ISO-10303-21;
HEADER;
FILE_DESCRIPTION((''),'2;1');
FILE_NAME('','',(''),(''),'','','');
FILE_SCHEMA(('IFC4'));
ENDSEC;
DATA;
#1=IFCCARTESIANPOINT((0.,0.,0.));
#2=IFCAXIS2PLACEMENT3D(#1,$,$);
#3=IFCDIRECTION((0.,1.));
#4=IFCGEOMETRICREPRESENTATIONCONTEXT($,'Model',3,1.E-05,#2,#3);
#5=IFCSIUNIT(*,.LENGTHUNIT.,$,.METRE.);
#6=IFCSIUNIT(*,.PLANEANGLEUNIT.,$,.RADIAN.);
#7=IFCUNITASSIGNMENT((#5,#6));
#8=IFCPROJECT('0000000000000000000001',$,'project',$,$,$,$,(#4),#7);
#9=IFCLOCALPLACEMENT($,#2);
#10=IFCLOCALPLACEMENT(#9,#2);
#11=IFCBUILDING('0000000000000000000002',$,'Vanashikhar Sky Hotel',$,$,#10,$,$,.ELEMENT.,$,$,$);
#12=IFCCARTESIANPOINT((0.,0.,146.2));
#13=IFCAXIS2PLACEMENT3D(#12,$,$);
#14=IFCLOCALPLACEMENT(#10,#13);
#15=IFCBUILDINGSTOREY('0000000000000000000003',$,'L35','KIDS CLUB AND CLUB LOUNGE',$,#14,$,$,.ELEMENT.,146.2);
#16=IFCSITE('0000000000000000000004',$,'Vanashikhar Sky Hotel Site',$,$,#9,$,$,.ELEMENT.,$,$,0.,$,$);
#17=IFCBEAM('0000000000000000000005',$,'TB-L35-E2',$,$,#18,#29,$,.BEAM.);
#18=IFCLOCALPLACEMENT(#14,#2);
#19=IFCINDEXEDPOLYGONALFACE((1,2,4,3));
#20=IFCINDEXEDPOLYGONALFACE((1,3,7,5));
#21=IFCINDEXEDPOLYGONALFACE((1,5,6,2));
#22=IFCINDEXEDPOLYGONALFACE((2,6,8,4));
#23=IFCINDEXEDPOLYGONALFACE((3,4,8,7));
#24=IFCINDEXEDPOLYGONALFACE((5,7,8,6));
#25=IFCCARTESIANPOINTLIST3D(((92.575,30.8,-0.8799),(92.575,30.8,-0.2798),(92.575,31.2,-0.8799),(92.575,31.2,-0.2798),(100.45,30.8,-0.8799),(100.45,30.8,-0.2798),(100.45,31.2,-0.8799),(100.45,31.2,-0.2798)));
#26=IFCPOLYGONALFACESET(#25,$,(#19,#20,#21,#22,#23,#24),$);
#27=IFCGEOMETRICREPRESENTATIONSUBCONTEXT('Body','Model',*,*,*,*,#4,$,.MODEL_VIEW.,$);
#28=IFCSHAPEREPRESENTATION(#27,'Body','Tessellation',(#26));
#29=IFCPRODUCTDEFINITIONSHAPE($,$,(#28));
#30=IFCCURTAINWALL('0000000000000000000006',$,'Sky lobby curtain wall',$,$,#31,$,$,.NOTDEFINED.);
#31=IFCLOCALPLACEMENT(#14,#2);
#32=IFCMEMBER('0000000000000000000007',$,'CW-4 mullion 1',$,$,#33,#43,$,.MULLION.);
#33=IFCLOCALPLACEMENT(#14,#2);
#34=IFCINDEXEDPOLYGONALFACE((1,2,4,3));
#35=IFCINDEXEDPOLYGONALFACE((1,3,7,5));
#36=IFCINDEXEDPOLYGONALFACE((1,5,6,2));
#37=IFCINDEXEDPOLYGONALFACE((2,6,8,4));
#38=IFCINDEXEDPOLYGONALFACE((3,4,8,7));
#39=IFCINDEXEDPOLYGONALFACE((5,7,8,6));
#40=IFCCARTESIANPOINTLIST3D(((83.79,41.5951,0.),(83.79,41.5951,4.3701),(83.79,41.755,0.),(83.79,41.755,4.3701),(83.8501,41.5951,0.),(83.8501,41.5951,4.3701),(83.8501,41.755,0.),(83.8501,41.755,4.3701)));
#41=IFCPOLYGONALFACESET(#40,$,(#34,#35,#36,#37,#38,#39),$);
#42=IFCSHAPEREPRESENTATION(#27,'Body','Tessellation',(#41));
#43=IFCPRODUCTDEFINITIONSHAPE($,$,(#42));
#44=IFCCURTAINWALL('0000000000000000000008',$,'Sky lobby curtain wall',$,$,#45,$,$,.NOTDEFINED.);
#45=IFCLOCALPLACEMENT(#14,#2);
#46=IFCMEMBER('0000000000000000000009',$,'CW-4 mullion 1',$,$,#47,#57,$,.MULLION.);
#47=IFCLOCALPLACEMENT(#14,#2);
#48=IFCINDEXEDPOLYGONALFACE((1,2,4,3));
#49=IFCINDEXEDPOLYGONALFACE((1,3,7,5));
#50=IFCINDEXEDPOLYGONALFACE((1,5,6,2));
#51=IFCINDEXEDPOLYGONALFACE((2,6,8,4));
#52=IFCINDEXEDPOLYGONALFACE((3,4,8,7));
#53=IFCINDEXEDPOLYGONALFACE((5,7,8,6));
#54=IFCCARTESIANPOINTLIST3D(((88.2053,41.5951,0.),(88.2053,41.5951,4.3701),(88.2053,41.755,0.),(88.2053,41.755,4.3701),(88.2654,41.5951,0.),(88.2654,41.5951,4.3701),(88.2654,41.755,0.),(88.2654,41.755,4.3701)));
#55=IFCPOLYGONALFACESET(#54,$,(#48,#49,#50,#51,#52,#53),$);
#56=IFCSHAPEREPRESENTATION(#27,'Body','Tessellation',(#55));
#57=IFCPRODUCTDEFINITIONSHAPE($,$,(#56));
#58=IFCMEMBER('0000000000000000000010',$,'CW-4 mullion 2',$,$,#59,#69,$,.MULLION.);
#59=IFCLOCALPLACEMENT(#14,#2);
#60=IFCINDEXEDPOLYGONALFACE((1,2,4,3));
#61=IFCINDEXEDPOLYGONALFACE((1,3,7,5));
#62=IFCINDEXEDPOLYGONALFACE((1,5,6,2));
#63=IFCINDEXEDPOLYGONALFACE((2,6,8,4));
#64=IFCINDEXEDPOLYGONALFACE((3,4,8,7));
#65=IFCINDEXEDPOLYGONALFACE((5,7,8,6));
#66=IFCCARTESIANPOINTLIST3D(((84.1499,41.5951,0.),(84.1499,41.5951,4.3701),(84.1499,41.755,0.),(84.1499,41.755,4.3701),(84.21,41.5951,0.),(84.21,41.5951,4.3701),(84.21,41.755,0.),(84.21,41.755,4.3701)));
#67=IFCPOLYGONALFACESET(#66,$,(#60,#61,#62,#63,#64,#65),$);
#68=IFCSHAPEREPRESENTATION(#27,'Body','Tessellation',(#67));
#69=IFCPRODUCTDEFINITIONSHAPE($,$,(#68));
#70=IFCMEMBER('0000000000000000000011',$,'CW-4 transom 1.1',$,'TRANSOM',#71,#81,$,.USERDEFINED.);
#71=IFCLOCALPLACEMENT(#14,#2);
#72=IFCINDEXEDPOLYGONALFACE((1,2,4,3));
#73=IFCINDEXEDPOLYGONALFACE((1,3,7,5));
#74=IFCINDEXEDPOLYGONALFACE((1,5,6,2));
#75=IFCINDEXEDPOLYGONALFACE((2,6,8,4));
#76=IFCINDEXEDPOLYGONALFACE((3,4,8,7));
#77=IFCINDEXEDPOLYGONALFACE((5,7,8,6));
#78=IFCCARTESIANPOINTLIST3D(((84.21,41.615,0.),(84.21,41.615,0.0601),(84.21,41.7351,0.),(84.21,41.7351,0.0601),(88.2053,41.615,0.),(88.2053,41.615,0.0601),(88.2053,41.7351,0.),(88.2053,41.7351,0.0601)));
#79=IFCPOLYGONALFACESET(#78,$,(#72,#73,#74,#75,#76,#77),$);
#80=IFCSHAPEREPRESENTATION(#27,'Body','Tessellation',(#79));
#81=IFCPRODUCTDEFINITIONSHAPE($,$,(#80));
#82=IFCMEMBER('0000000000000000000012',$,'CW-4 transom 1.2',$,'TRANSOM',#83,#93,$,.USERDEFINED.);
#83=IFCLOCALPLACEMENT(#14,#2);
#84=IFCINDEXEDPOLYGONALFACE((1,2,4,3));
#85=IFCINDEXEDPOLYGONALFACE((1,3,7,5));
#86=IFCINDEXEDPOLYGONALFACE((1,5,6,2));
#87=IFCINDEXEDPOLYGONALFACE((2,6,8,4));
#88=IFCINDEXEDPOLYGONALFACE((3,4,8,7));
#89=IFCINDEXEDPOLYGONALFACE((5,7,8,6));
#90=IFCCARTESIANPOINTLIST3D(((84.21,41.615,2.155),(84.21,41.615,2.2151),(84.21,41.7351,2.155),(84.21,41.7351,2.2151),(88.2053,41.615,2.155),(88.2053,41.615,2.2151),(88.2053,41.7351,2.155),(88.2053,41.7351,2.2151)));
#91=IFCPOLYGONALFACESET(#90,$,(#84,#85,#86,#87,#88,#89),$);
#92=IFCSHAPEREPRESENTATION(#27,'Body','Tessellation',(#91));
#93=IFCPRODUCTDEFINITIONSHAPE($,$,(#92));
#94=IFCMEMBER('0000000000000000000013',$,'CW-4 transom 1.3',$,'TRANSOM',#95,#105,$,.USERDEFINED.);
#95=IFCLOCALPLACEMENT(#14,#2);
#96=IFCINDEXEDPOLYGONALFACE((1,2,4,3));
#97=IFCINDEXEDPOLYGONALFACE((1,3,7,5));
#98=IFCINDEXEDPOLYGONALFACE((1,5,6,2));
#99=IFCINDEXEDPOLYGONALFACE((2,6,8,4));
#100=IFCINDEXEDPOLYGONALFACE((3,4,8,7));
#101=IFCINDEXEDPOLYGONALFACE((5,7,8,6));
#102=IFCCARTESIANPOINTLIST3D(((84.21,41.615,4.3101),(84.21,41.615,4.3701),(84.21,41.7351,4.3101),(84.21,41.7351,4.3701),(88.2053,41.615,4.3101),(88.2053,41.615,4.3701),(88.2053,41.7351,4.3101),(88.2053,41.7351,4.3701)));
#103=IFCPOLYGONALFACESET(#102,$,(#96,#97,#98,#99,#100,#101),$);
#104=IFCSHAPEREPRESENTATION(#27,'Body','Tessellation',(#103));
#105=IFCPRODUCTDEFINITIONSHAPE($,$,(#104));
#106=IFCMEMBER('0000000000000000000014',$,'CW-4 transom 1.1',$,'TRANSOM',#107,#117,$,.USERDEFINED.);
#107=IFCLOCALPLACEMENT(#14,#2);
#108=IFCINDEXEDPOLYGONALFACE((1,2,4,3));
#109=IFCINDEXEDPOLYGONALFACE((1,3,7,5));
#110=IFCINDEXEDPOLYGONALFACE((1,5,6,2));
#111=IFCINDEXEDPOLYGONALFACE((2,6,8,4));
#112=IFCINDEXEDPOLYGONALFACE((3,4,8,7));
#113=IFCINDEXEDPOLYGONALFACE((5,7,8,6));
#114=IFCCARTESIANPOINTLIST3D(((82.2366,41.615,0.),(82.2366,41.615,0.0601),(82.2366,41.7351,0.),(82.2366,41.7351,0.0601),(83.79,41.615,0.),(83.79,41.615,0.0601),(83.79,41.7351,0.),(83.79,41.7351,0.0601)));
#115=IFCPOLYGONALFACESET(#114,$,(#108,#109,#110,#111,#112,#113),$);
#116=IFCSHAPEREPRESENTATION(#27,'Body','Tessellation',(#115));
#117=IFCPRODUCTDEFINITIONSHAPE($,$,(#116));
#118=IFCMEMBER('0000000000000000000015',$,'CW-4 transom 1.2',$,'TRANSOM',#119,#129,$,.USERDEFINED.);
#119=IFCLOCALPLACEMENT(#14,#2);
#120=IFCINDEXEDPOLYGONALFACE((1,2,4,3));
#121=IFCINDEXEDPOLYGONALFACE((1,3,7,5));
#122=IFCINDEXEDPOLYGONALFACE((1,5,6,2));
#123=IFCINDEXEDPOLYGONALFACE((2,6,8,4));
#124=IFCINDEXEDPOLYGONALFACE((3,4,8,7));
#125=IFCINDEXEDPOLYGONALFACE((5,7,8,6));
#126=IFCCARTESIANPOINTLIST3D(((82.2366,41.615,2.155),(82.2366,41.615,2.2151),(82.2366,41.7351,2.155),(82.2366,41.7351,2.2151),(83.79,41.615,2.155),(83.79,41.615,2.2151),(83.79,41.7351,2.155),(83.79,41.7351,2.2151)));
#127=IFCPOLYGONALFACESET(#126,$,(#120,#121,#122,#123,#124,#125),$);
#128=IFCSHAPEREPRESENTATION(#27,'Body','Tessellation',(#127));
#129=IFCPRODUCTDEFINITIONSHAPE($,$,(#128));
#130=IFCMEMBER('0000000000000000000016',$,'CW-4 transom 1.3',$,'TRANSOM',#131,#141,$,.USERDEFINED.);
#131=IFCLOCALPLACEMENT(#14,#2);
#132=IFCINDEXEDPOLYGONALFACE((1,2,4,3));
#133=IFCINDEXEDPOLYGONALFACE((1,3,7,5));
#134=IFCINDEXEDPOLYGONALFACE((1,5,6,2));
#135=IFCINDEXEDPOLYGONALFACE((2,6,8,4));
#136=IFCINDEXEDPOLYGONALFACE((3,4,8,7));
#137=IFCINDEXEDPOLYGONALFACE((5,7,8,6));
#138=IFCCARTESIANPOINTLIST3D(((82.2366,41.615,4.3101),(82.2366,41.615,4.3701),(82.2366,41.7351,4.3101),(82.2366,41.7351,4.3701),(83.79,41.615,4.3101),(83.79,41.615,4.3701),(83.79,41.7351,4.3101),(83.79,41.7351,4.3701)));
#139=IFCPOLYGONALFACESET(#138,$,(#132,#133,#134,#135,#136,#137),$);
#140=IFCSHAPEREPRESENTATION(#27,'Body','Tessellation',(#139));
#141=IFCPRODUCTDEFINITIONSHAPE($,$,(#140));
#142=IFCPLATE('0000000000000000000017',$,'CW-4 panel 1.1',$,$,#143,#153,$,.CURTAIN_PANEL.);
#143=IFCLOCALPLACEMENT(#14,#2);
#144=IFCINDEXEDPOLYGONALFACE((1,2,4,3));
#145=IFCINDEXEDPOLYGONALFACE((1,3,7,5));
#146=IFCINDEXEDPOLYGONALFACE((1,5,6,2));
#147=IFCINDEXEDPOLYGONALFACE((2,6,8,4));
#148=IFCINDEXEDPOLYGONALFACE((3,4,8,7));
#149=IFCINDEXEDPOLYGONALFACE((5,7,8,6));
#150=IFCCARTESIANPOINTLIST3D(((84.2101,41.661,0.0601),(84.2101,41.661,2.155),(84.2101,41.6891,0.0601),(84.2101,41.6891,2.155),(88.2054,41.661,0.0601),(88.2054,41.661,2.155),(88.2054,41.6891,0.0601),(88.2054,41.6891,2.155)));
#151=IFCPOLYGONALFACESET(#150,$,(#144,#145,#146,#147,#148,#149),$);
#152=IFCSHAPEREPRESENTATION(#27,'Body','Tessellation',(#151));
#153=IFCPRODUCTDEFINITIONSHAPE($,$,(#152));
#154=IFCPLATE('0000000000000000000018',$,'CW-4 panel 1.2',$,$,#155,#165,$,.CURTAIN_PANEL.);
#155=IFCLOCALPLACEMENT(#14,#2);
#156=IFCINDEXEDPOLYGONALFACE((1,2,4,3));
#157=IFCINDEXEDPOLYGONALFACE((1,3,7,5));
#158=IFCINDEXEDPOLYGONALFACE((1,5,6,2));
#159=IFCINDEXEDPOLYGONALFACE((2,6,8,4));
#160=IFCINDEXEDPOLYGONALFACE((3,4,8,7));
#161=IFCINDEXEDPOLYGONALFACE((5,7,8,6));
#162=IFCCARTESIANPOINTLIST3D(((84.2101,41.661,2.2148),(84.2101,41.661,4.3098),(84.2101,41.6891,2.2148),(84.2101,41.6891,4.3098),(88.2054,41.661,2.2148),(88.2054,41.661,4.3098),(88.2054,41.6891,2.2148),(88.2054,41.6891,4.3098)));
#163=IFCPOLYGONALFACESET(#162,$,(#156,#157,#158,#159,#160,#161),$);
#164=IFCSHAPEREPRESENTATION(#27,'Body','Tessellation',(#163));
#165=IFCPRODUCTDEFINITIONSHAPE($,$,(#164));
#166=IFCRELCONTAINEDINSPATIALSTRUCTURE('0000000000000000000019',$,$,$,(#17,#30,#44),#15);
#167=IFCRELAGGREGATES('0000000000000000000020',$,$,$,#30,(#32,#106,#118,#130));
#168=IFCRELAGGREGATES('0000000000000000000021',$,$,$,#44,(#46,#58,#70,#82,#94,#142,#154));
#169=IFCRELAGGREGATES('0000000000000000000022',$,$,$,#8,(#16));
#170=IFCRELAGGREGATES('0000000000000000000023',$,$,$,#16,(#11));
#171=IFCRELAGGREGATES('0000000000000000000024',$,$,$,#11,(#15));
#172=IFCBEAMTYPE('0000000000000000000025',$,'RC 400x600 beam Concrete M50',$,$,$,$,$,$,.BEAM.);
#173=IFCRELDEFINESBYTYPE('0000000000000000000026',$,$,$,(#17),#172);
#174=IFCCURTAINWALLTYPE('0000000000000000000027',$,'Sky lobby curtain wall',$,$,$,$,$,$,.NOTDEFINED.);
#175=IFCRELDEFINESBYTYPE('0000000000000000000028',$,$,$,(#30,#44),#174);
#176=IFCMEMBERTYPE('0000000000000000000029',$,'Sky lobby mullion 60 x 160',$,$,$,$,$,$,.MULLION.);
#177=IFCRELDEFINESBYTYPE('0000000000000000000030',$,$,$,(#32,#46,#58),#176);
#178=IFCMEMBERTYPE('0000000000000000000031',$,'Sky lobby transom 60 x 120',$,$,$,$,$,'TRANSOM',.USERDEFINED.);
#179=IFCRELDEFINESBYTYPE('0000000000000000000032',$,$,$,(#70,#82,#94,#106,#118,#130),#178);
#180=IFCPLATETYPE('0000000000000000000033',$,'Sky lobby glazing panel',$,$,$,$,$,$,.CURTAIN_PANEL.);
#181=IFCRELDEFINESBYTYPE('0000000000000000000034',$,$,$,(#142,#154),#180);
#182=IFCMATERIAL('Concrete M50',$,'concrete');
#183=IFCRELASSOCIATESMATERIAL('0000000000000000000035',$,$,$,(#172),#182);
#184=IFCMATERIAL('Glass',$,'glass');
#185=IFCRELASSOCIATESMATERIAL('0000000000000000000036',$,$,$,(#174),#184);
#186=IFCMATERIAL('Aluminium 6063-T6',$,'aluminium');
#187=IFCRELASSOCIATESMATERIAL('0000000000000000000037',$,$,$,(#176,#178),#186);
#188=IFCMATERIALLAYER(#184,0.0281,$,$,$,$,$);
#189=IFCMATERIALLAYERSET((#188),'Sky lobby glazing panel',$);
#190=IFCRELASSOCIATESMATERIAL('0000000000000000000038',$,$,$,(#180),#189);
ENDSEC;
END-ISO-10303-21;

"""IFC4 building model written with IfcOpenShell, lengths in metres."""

from ifc_helpers import new_model, si_unit, direction, frame, origin, origin_2d, place, context, subcontext, project, spatial, rectangle, extrude, source, transform, mapped, material, layer, layer_set, material_profile, profile_set, type_object, element, aggregate, save


model = new_model("IFC4")

# Units and contexts
model_context = context("Model", 3, precision=1e-05, world=origin(), true_north=direction((0.0, 1.0)))
body_context = subcontext(model_context, "Body", "Model", "MODEL_VIEW")
ifc_project = project(units=[si_unit("LENGTHUNIT", "METRE"), si_unit("PLANEANGLEUNIT", "RADIAN")], contexts=[model_context])

# Site, building, storey
site_placement = place(None, origin())
site = spatial("IfcSite", under=ifc_project, at=site_placement, Name="Vanashikhar Sky Hotel Site", CompositionType="ELEMENT", RefElevation=0.0)
building_placement = place(site_placement, origin())
building = spatial("IfcBuilding", under=site, at=building_placement, Name="Vanashikhar Sky Hotel", CompositionType="ELEMENT")
storey_placement = place(building_placement, frame((0.0, 0.0, 146.2)))
storey = spatial("IfcBuildingStorey", under=building, at=storey_placement, Name="L35", Description="KIDS CLUB AND CLUB LOUNGE", CompositionType="ELEMENT", Elevation=146.2)

# Beam
ifc_material_1 = material(Name="Concrete M50", Category="concrete")
ifc_material_profile_1 = material_profile(ifc_material_1, rectangle(XDim=0.3999, YDim=0.6001, at=origin_2d()))
ifc_profile_set_1 = profile_set([ifc_material_profile_1], Name="RC 400x600 beam Concrete M50")
beam_type = type_object("IfcBeamType", Name="RC 400x600 beam Concrete M50", PredefinedType="BEAM", material=ifc_profile_set_1)
shared_shape_1 = source(origin(), body_context, "Body", "SweptSolid", [
    extrude(rectangle(XDim=0.3999, YDim=0.6001, at=origin_2d()), origin(), (0.0, 0.0, 1.0), 7.875),
])
beam_placement = place(storey_placement, frame((92.575, 31.0, -0.5798), z_axis=(1.0, 0.0, 0.0), x_axis=(0.0, 1.0, 0.0)))
element("IfcBeam", 1, at=beam_placement, inside=storey, type_object=beam_type, Name="TB-L35-E2", PredefinedType="BEAM", context=body_context, shape_type="MappedRepresentation", body=[
    mapped(shared_shape_1, transform((0.0, 0.0, 0.0), scale=1.0)),
])

# Curtain wall, member
ifc_material_2 = material(Name="Glass", Category="glass")
curtain_wall_type = type_object("IfcCurtainWallType", Name="Sky lobby curtain wall", PredefinedType="NOTDEFINED", material=ifc_material_2)
curtain_wall_1_placement = place(storey_placement, origin())
curtain_wall_1 = element("IfcCurtainWall", 2, at=curtain_wall_1_placement, inside=storey, type_object=curtain_wall_type, Name="Sky lobby curtain wall", PredefinedType="NOTDEFINED")
ifc_material_3 = material(Name="Aluminium 6063-T6", Category="aluminium")
ifc_material_profile_2 = material_profile(ifc_material_3, rectangle(XDim=0.1599, YDim=0.0601, at=origin_2d()))
ifc_profile_set_2 = profile_set([ifc_material_profile_2], Name="Aluminium 6063-T6")
member_type_1 = type_object("IfcMemberType", Name="Sky lobby mullion 60 x 160", PredefinedType="MULLION", material=ifc_profile_set_2)
shared_shape_2 = source(origin(), body_context, "Body", "SweptSolid", [
    extrude(rectangle(XDim=0.1599, YDim=0.0601, at=origin_2d()), origin(), (0.0, 0.0, 1.0), 4.3701),
])
member_1_placement = place(storey_placement, frame((83.8201, 41.675, 0.0), z_axis=(0.0, 0.0, 1.0), x_axis=(0.0, -1.0, 0.0)))
member_1 = element("IfcMember", 3, at=member_1_placement, type_object=member_type_1, Name="CW-4 mullion 1", PredefinedType="MULLION", context=body_context, shape_type="MappedRepresentation", body=[
    mapped(shared_shape_2, transform((0.0, 0.0, 0.0), scale=1.0)),
])

# Curtain wall, members
curtain_wall_2_placement = place(storey_placement, origin())
curtain_wall_2 = element("IfcCurtainWall", 4, at=curtain_wall_2_placement, inside=storey, type_object=curtain_wall_type, Name="Sky lobby curtain wall", PredefinedType="NOTDEFINED")
member_2_placement = place(storey_placement, frame((88.2354, 41.675, 0.0), z_axis=(0.0, 0.0, 1.0), x_axis=(0.0, -1.0, 0.0)))
member_2 = element("IfcMember", 5, at=member_2_placement, type_object=member_type_1, Name="CW-4 mullion 1", PredefinedType="MULLION", context=body_context, shape_type="MappedRepresentation", body=[
    mapped(shared_shape_2, transform((0.0, 0.0, 0.0), scale=1.0)),
])
member_3_placement = place(storey_placement, frame((84.1799, 41.675, 0.0), z_axis=(0.0, 0.0, 1.0), x_axis=(0.0, -1.0, 0.0)))
member_3 = element("IfcMember", 6, at=member_3_placement, type_object=member_type_1, Name="CW-4 mullion 2", PredefinedType="MULLION", context=body_context, shape_type="MappedRepresentation", body=[
    mapped(shared_shape_2, transform((0.0, 0.0, 0.0), scale=1.0)),
])
ifc_material_profile_3 = material_profile(ifc_material_3, rectangle(XDim=0.1201, YDim=0.0601, at=origin_2d()))
ifc_profile_set_3 = profile_set([ifc_material_profile_3], Name="Aluminium 6063-T6")
member_type_2 = type_object("IfcMemberType", Name="Sky lobby transom 60 x 120", ElementType="TRANSOM", PredefinedType="USERDEFINED", material=ifc_profile_set_3)
shared_shape_3 = source(origin(), body_context, "Body", "SweptSolid", [
    extrude(rectangle(XDim=0.1201, YDim=0.0601, at=origin_2d()), origin(), (0.0, 0.0, 1.0), 3.9954),
])
member_4_placement = place(storey_placement, frame((88.2053, 41.675, 0.03), z_axis=(-1.0, 0.0, 0.0), x_axis=(0.0, -1.0, 0.0)))
member_4 = element("IfcMember", 7, at=member_4_placement, type_object=member_type_2, Name="CW-4 transom 1.1", ObjectType="TRANSOM", PredefinedType="USERDEFINED", context=body_context, shape_type="MappedRepresentation", body=[
    mapped(shared_shape_3, transform((0.0, 0.0, 0.0), scale=1.0)),
])
member_5_placement = place(storey_placement, frame((88.2053, 41.675, 2.1851), z_axis=(-1.0, 0.0, 0.0), x_axis=(0.0, -1.0, 0.0)))
member_5 = element("IfcMember", 8, at=member_5_placement, type_object=member_type_2, Name="CW-4 transom 1.2", ObjectType="TRANSOM", PredefinedType="USERDEFINED", context=body_context, shape_type="MappedRepresentation", body=[
    mapped(shared_shape_3, transform((0.0, 0.0, 0.0), scale=1.0)),
])
member_6_placement = place(storey_placement, frame((88.2053, 41.675, 4.3401), z_axis=(-1.0, 0.0, 0.0), x_axis=(0.0, -1.0, 0.0)))
member_6 = element("IfcMember", 9, at=member_6_placement, type_object=member_type_2, Name="CW-4 transom 1.3", ObjectType="TRANSOM", PredefinedType="USERDEFINED", context=body_context, shape_type="MappedRepresentation", body=[
    mapped(shared_shape_3, transform((0.0, 0.0, 0.0), scale=1.0)),
])

# Members
shared_shape_4 = source(origin(), body_context, "Body", "SweptSolid", [
    extrude(rectangle(XDim=0.1201, YDim=0.0601, at=origin_2d()), origin(), (0.0, 0.0, 1.0), 1.5535),
])
member_7_placement = place(storey_placement, frame((83.79, 41.675, 0.03), z_axis=(-1.0, 0.0, 0.0), x_axis=(0.0, -1.0, 0.0)))
member_7 = element("IfcMember", 10, at=member_7_placement, type_object=member_type_2, Name="CW-4 transom 1.1", ObjectType="TRANSOM", PredefinedType="USERDEFINED", context=body_context, shape_type="MappedRepresentation", body=[
    mapped(shared_shape_4, transform((0.0, 0.0, 0.0), scale=1.0)),
])
member_8_placement = place(storey_placement, frame((83.79, 41.675, 2.1851), z_axis=(-1.0, 0.0, 0.0), x_axis=(0.0, -1.0, 0.0)))
member_8 = element("IfcMember", 11, at=member_8_placement, type_object=member_type_2, Name="CW-4 transom 1.2", ObjectType="TRANSOM", PredefinedType="USERDEFINED", context=body_context, shape_type="MappedRepresentation", body=[
    mapped(shared_shape_4, transform((0.0, 0.0, 0.0), scale=1.0)),
])
member_9_placement = place(storey_placement, frame((83.79, 41.675, 4.3401), z_axis=(-1.0, 0.0, 0.0), x_axis=(0.0, -1.0, 0.0)))
member_9 = element("IfcMember", 12, at=member_9_placement, type_object=member_type_2, Name="CW-4 transom 1.3", ObjectType="TRANSOM", PredefinedType="USERDEFINED", context=body_context, shape_type="MappedRepresentation", body=[
    mapped(shared_shape_4, transform((0.0, 0.0, 0.0), scale=1.0)),
])
aggregate(curtain_wall_1, [member_1, member_7, member_8, member_9])

# Plates
ifc_layer_1 = layer(ifc_material_2, 0.0281)
ifc_layer_set_1 = layer_set([ifc_layer_1], Name="Sky lobby glazing panel")
plate_type = type_object("IfcPlateType", Name="Sky lobby glazing panel", PredefinedType="CURTAIN_PANEL", material=ifc_layer_set_1)
shared_shape_5 = source(origin(), body_context, "Body", "SweptSolid", [
    extrude(rectangle(XDim=3.9954, YDim=0.0281, at=origin_2d()), origin(), (0.0, 0.0, 1.0), 2.095),
])
plate_1_placement = place(storey_placement, frame((86.2078, 41.675, 0.0601), z_axis=(0.0, 0.0, 1.0), x_axis=(-1.0, 0.0, 0.0)))
plate_1 = element("IfcPlate", 13, at=plate_1_placement, type_object=plate_type, Name="CW-4 panel 1.1", PredefinedType="CURTAIN_PANEL", context=body_context, shape_type="MappedRepresentation", body=[
    mapped(shared_shape_5, transform((0.0, 0.0, 0.0), scale=1.0)),
])
plate_2_placement = place(storey_placement, frame((86.2078, 41.675, 2.2148), z_axis=(0.0, 0.0, 1.0), x_axis=(-1.0, 0.0, 0.0)))
plate_2 = element("IfcPlate", 14, at=plate_2_placement, type_object=plate_type, Name="CW-4 panel 1.2", PredefinedType="CURTAIN_PANEL", context=body_context, shape_type="MappedRepresentation", body=[
    mapped(shared_shape_5, transform((0.0, 0.0, 0.0), scale=1.0)),
])
aggregate(curtain_wall_2, [member_2, member_3, member_4, member_5, member_6, plate_1, plate_2])

save(model, "model.ifc")
